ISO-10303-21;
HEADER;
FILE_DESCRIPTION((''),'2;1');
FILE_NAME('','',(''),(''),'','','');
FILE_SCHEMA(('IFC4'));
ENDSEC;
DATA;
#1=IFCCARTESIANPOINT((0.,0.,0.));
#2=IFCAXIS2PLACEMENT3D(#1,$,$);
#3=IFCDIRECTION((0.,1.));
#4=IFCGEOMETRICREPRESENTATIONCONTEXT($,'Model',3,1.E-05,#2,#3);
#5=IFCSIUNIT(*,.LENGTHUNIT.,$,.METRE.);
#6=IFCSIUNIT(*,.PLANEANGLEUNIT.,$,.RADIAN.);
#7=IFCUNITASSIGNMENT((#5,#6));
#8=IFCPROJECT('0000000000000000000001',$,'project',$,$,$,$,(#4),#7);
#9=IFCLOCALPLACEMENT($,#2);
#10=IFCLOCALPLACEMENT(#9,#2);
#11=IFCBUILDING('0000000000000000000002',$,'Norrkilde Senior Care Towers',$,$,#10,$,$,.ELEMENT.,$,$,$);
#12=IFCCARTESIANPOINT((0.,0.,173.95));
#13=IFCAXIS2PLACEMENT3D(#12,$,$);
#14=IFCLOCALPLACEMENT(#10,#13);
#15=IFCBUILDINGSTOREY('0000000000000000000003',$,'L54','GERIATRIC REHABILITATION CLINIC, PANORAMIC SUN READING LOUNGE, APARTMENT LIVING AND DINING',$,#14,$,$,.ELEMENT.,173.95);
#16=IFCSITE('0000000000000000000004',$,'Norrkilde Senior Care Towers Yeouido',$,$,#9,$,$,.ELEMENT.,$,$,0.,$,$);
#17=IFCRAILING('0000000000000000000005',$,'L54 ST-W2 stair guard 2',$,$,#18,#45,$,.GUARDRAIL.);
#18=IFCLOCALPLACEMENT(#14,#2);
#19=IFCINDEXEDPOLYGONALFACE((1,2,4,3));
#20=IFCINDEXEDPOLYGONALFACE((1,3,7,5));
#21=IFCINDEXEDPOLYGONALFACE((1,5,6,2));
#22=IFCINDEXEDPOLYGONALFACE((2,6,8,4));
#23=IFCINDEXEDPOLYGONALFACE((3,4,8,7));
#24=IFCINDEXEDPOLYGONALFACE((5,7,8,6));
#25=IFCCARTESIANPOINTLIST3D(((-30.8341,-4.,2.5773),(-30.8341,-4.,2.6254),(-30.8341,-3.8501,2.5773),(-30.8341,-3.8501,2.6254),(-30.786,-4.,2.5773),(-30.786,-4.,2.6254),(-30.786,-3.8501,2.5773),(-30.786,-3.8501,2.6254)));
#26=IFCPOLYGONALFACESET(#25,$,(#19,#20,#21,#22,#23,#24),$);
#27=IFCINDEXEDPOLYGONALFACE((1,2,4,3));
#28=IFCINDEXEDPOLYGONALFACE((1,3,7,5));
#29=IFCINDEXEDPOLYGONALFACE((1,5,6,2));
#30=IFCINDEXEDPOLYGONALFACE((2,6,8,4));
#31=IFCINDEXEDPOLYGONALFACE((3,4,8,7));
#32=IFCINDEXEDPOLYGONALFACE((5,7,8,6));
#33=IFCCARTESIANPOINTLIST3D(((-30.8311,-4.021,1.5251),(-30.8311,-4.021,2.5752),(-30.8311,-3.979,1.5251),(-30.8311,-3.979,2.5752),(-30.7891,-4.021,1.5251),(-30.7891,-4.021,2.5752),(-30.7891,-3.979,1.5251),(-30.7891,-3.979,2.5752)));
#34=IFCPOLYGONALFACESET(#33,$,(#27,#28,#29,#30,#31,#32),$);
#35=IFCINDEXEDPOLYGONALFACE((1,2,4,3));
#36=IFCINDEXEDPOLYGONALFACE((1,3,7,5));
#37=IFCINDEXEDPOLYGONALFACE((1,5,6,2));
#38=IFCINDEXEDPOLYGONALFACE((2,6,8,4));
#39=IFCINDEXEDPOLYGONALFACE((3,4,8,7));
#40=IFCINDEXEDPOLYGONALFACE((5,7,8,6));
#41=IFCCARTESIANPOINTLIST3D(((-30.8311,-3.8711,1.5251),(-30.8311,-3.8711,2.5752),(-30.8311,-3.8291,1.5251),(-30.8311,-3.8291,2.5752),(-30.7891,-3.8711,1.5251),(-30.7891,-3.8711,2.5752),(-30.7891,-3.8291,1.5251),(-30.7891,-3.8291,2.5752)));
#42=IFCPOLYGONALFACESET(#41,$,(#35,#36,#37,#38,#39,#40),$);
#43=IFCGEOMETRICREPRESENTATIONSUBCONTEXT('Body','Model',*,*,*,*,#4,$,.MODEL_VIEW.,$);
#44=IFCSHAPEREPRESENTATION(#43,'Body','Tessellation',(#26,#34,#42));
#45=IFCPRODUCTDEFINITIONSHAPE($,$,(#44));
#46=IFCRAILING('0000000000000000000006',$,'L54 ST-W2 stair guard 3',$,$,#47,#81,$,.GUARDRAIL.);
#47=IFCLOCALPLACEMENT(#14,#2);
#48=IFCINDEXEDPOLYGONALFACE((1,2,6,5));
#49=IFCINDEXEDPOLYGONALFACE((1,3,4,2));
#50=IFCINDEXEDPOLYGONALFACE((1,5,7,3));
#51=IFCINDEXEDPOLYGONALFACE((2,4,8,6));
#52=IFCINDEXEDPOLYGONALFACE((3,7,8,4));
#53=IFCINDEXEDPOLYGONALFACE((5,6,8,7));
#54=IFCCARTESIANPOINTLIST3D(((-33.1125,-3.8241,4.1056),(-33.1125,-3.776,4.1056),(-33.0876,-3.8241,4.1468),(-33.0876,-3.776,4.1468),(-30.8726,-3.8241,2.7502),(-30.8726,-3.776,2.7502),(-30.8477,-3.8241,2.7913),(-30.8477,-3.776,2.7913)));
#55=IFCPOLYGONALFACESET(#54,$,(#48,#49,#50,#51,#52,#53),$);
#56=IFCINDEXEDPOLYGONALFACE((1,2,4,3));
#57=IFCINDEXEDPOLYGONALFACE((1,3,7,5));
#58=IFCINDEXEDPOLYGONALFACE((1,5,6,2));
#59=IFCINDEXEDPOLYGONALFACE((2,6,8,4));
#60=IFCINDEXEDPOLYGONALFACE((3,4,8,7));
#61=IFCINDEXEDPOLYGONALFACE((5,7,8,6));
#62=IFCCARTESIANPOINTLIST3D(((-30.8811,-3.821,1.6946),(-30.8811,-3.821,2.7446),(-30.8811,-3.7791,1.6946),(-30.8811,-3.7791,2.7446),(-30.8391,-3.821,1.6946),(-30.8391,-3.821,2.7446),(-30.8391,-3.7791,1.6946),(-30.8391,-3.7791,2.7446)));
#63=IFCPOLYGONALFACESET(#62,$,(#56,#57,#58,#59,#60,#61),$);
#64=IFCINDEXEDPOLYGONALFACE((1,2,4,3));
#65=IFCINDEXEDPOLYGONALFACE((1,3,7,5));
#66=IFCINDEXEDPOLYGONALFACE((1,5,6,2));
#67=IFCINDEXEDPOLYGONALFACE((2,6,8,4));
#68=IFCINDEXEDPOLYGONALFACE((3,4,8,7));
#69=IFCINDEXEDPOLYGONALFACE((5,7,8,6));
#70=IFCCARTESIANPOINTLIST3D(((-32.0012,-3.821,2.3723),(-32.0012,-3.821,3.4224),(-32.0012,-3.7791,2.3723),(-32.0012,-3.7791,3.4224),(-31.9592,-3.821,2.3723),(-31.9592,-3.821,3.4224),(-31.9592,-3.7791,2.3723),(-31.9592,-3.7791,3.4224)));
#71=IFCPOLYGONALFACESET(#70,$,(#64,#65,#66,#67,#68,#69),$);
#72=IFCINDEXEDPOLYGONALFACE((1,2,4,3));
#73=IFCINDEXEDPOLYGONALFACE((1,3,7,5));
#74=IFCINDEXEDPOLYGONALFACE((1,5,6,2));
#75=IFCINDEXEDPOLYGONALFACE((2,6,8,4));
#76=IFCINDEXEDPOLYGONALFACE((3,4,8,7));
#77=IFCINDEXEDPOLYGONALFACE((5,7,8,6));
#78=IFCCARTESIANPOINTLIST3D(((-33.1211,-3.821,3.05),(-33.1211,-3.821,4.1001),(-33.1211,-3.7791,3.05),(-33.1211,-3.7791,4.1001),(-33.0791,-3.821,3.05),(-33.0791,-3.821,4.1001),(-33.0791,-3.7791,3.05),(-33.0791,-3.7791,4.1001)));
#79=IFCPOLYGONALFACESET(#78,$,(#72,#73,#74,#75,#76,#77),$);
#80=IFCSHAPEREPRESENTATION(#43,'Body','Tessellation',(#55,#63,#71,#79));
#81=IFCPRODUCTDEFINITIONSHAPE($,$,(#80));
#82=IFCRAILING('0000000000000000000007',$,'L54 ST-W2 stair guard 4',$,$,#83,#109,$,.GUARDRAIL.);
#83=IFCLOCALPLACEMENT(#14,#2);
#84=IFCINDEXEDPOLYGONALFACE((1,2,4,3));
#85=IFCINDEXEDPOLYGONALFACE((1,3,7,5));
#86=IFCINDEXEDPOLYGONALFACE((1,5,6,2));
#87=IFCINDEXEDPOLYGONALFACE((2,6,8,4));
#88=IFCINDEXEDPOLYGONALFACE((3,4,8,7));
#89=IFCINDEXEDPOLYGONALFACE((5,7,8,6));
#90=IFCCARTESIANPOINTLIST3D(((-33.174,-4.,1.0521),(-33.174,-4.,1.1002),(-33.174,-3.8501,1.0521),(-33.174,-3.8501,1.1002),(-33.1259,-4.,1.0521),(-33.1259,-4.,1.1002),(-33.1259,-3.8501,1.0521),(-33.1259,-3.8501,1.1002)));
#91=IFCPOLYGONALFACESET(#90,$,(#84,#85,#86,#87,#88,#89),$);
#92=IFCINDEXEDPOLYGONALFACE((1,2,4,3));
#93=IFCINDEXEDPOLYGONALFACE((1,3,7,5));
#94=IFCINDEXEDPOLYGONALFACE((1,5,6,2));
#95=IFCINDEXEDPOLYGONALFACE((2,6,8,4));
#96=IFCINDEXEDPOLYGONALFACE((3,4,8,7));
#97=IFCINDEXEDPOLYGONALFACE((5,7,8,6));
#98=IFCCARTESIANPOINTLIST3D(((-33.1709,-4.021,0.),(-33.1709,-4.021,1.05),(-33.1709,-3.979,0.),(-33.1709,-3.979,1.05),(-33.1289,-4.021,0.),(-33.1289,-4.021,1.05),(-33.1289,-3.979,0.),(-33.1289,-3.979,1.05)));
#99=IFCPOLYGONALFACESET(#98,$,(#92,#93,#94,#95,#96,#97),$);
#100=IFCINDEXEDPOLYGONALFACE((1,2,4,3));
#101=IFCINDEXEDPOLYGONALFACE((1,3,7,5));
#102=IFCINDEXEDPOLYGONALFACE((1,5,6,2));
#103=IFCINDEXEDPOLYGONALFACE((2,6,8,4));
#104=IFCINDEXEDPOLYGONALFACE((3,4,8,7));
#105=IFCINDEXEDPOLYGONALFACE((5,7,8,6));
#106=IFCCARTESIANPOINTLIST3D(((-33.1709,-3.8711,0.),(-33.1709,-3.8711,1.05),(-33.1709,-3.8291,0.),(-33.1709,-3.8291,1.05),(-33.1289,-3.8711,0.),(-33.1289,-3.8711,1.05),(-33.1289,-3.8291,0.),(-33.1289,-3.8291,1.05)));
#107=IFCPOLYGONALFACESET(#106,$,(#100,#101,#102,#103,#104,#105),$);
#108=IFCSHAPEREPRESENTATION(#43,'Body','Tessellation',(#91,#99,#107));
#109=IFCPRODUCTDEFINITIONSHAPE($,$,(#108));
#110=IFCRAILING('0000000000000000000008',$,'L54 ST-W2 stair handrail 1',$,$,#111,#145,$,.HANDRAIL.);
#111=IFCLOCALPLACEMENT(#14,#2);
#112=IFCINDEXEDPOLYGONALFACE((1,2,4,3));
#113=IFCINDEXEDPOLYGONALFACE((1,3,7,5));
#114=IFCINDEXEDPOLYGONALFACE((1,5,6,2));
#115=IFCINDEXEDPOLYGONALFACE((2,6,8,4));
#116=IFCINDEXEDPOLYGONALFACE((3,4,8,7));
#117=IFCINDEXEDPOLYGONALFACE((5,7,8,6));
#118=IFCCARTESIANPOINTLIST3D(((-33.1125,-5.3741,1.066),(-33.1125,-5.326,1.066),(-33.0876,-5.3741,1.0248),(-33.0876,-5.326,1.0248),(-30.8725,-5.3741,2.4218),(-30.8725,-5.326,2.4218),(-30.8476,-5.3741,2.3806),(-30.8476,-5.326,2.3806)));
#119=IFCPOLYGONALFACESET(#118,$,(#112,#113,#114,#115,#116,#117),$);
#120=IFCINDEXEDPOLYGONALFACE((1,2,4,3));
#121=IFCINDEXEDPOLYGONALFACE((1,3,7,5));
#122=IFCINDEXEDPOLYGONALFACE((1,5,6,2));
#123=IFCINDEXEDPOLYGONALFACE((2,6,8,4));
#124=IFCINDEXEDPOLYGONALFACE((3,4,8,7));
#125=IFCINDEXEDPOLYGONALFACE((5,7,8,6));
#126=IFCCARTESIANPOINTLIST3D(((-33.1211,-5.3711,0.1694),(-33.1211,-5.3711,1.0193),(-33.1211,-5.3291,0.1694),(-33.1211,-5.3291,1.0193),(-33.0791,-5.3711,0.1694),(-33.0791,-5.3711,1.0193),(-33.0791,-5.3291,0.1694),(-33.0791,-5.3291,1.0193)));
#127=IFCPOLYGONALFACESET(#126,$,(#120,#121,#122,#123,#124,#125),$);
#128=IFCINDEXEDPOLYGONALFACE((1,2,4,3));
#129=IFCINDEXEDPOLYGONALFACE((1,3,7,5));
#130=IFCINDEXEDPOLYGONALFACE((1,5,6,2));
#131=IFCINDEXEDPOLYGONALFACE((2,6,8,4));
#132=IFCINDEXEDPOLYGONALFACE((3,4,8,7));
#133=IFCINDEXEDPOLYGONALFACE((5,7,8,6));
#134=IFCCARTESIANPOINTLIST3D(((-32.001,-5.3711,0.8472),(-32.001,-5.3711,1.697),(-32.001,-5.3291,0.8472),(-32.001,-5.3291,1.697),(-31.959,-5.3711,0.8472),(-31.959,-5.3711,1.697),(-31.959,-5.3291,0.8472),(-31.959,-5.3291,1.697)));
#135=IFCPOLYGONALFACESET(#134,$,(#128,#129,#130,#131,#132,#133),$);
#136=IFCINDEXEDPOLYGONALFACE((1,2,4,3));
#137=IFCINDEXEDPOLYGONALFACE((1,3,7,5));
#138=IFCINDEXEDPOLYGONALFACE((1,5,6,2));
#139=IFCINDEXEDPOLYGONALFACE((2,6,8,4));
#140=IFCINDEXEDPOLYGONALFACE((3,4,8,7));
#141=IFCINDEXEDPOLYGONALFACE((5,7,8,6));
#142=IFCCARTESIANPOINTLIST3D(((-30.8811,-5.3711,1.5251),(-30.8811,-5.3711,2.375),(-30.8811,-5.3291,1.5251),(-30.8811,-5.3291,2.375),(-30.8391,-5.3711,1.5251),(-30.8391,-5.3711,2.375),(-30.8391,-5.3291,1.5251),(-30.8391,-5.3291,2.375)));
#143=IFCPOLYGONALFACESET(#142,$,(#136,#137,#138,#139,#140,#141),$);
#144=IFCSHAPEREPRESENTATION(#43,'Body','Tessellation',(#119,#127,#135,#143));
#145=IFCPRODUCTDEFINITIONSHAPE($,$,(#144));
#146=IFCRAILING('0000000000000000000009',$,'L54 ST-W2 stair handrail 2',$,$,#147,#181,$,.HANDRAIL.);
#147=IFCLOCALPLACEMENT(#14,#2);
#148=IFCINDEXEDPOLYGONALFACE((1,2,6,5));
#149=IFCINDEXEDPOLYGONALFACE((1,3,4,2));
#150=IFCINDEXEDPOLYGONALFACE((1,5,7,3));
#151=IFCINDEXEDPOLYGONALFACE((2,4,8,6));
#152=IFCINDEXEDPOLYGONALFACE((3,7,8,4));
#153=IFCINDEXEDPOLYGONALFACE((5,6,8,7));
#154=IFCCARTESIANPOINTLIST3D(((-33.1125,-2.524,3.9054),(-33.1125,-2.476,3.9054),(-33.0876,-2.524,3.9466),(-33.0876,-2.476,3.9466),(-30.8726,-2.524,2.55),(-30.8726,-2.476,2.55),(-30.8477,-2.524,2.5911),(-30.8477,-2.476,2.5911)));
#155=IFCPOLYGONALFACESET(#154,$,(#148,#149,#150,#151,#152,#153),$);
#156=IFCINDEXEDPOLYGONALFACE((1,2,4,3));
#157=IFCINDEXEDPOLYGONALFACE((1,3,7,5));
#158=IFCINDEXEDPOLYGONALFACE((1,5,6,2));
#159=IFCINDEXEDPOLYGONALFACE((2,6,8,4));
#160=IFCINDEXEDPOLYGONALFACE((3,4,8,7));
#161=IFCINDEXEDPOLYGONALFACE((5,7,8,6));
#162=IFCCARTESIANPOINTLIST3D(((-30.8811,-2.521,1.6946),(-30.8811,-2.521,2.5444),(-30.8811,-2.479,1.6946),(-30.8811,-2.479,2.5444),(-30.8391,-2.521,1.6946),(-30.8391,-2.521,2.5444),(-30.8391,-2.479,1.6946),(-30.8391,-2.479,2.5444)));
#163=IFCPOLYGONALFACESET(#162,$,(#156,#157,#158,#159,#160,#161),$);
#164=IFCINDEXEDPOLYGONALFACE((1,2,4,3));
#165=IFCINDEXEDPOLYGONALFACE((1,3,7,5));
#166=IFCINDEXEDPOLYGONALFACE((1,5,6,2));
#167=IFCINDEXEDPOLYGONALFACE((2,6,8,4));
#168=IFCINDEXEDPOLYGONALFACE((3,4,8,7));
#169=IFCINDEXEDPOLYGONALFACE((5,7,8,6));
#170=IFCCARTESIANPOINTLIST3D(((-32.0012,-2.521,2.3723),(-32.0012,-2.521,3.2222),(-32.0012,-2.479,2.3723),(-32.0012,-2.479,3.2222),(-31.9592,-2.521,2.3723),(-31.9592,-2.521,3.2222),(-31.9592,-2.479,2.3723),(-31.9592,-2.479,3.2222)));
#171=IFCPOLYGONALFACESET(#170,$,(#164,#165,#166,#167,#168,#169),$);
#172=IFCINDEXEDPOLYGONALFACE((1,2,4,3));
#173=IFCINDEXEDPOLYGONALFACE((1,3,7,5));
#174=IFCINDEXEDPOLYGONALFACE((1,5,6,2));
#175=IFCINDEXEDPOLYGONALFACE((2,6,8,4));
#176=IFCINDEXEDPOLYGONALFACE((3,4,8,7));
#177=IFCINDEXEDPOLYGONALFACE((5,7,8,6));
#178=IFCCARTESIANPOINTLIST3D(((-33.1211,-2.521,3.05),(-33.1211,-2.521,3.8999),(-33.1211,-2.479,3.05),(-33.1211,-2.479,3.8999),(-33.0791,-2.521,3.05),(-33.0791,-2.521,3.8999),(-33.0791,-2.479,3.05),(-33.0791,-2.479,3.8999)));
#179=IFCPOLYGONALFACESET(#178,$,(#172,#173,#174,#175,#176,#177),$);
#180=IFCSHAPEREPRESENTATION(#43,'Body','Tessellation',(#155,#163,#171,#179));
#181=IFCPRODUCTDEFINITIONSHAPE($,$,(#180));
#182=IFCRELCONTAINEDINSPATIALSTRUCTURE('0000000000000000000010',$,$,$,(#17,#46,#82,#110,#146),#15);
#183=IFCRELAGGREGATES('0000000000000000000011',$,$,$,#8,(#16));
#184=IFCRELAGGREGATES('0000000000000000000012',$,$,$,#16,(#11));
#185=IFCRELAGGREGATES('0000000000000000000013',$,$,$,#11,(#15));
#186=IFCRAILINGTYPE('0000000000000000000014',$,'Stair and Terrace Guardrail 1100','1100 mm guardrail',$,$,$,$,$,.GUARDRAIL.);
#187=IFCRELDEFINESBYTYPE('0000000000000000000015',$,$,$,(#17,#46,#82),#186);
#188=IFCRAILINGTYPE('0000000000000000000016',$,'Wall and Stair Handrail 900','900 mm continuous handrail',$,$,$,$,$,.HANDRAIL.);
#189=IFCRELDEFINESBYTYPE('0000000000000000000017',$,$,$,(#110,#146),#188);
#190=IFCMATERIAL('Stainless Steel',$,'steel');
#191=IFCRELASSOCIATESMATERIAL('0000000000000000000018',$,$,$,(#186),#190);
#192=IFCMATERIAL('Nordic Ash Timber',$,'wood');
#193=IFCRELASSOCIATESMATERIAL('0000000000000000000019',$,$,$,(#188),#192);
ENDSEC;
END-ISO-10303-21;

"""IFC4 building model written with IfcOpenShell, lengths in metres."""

from ifc_helpers import new_model, si_unit, direction, frame, origin, origin_2d, place, context, subcontext, project, spatial, rectangle, extrude, material, type_object, element, save


model = new_model("IFC4")

# Units and contexts
model_context = context("Model", 3, precision=1e-05, world=origin(), true_north=direction((0.0, 1.0)))
body_context = subcontext(model_context, "Body", "Model", "MODEL_VIEW")
ifc_project = project(units=[si_unit("LENGTHUNIT", "METRE"), si_unit("PLANEANGLEUNIT", "RADIAN")], contexts=[model_context])

# Site, building, storey
site_placement = place(None, origin())
site = spatial("IfcSite", under=ifc_project, at=site_placement, Name="Norrkilde Senior Care Towers Yeouido", CompositionType="ELEMENT", RefElevation=0.0)
building_placement = place(site_placement, origin())
building = spatial("IfcBuilding", under=site, at=building_placement, Name="Norrkilde Senior Care Towers", CompositionType="ELEMENT")
storey_placement = place(building_placement, frame((0.0, 0.0, 173.95)))
storey = spatial("IfcBuildingStorey", under=building, at=storey_placement, Name="L54", Description="GERIATRIC REHABILITATION CLINIC, PANORAMIC SUN READING LOUNGE, APARTMENT LIVING AND DINING", CompositionType="ELEMENT", Elevation=173.95)

# Railings
ifc_material_1 = material(Name="Stainless Steel", Category="steel")
railing_type_1 = type_object("IfcRailingType", Name="Stair and Terrace Guardrail 1100", Description="1100 mm guardrail", PredefinedType="GUARDRAIL", material=ifc_material_1)
railing_1_placement = place(storey_placement, frame((-30.8101, -4.0, 1.5251)))
element("IfcRailing", 1, at=railing_1_placement, inside=storey, type_object=railing_type_1, Name="L54 ST-W2 stair guard 2", PredefinedType="GUARDRAIL", context=body_context, shape_type="SweptSolid", body=[
    extrude(rectangle(XDim=0.0481, YDim=0.0481, at=origin_2d()), frame((0.0, 0.0, 1.0762), z_axis=(0.0, 1.0, 0.0), x_axis=(-1.0, 0.0, 0.0)), (0.0, 0.0, 1.0), 0.1499),
    extrude(rectangle(XDim=0.042, YDim=0.042, at=origin_2d()), origin(), (0.0, 0.0, 1.0), 1.05),
    extrude(rectangle(XDim=0.042, YDim=0.042, at=origin_2d()), frame((0.0, 0.1499, 0.0)), (0.0, 0.0, 1.0), 1.05),
])
railing_2_placement = place(storey_placement, frame((-30.8601, -3.8, 1.6946)))
element("IfcRailing", 2, at=railing_2_placement, inside=storey, type_object=railing_type_1, Name="L54 ST-W2 stair guard 3", PredefinedType="GUARDRAIL", context=body_context, shape_type="SweptSolid", body=[
    extrude(rectangle(XDim=0.0481, YDim=0.0481, at=origin_2d()), frame((0.0, 0.0, 1.0762), z_axis=(-0.855553, 0.0, 0.517715), x_axis=(0.0, -1.0, 0.0)), (0.0, 0.0, 1.0), 2.6182),
    extrude(rectangle(XDim=0.042, YDim=0.042, at=origin_2d()), origin(), (0.0, 0.0, 1.0), 1.05),
    extrude(rectangle(XDim=0.042, YDim=0.042, at=origin_2d()), frame((-1.1201, 0.0, 0.6777)), (0.0, 0.0, 1.0), 1.05),
    extrude(rectangle(XDim=0.042, YDim=0.042, at=origin_2d()), frame((-2.24, 0.0, 1.3555)), (0.0, 0.0, 1.0), 1.05),
])
railing_3_placement = place(storey_placement, frame((-33.1499, -4.0, 0.0)))
element("IfcRailing", 3, at=railing_3_placement, inside=storey, type_object=railing_type_1, Name="L54 ST-W2 stair guard 4", PredefinedType="GUARDRAIL", context=body_context, shape_type="SweptSolid", body=[
    extrude(rectangle(XDim=0.0481, YDim=0.0481, at=origin_2d()), frame((0.0, 0.0, 1.0762), z_axis=(0.0, 1.0, 0.0), x_axis=(-1.0, 0.0, 0.0)), (0.0, 0.0, 1.0), 0.1499),
    extrude(rectangle(XDim=0.042, YDim=0.042, at=origin_2d()), origin(), (0.0, 0.0, 1.0), 1.05),
    extrude(rectangle(XDim=0.042, YDim=0.042, at=origin_2d()), frame((0.0, 0.1499, 0.0)), (0.0, 0.0, 1.0), 1.05),
])
ifc_material_2 = material(Name="Nordic Ash Timber", Category="wood")
railing_type_2 = type_object("IfcRailingType", Name="Wall and Stair Handrail 900", Description="900 mm continuous handrail", PredefinedType="HANDRAIL", material=ifc_material_2)
railing_4_placement = place(storey_placement, frame((-33.1001, -5.3501, 0.1694)))
element("IfcRailing", 4, at=railing_4_placement, inside=storey, type_object=railing_type_2, Name="L54 ST-W2 stair handrail 1", PredefinedType="HANDRAIL", context=body_context, shape_type="SweptSolid", body=[
    extrude(rectangle(XDim=0.0481, YDim=0.0481, at=origin_2d()), frame((0.0, 0.0, 0.876), z_axis=(0.855512, 0.0, 0.517783), x_axis=(0.0, 1.0, 0.0)), (0.0, 0.0, 1.0), 2.6184),
    extrude(rectangle(XDim=0.042, YDim=0.042, at=origin_2d()), origin(), (0.0, 0.0, 1.0), 0.8499),
    extrude(rectangle(XDim=0.042, YDim=0.042, at=origin_2d()), frame((1.1201, 0.0, 0.6777)), (0.0, 0.0, 1.0), 0.8499),
    extrude(rectangle(XDim=0.042, YDim=0.042, at=origin_2d()), frame((2.24, 0.0, 1.3557)), (0.0, 0.0, 1.0), 0.8499),
])
railing_5_placement = place(storey_placement, frame((-30.8601, -2.5, 1.6946)))
element("IfcRailing", 5, at=railing_5_placement, inside=storey, type_object=railing_type_2, Name="L54 ST-W2 stair handrail 2", PredefinedType="HANDRAIL", context=body_context, shape_type="SweptSolid", body=[
    extrude(rectangle(XDim=0.0481, YDim=0.0481, at=origin_2d()), frame((0.0, 0.0, 0.876), z_axis=(-0.855553, 0.0, 0.517715), x_axis=(0.0, -1.0, 0.0)), (0.0, 0.0, 1.0), 2.6182),
    extrude(rectangle(XDim=0.042, YDim=0.042, at=origin_2d()), origin(), (0.0, 0.0, 1.0), 0.8499),
    extrude(rectangle(XDim=0.042, YDim=0.042, at=origin_2d()), frame((-1.1201, 0.0, 0.6777)), (0.0, 0.0, 1.0), 0.8499),
    extrude(rectangle(XDim=0.042, YDim=0.042, at=origin_2d()), frame((-2.24, 0.0, 1.3555)), (0.0, 0.0, 1.0), 0.8499),
])

save(model, "model.ifc")
